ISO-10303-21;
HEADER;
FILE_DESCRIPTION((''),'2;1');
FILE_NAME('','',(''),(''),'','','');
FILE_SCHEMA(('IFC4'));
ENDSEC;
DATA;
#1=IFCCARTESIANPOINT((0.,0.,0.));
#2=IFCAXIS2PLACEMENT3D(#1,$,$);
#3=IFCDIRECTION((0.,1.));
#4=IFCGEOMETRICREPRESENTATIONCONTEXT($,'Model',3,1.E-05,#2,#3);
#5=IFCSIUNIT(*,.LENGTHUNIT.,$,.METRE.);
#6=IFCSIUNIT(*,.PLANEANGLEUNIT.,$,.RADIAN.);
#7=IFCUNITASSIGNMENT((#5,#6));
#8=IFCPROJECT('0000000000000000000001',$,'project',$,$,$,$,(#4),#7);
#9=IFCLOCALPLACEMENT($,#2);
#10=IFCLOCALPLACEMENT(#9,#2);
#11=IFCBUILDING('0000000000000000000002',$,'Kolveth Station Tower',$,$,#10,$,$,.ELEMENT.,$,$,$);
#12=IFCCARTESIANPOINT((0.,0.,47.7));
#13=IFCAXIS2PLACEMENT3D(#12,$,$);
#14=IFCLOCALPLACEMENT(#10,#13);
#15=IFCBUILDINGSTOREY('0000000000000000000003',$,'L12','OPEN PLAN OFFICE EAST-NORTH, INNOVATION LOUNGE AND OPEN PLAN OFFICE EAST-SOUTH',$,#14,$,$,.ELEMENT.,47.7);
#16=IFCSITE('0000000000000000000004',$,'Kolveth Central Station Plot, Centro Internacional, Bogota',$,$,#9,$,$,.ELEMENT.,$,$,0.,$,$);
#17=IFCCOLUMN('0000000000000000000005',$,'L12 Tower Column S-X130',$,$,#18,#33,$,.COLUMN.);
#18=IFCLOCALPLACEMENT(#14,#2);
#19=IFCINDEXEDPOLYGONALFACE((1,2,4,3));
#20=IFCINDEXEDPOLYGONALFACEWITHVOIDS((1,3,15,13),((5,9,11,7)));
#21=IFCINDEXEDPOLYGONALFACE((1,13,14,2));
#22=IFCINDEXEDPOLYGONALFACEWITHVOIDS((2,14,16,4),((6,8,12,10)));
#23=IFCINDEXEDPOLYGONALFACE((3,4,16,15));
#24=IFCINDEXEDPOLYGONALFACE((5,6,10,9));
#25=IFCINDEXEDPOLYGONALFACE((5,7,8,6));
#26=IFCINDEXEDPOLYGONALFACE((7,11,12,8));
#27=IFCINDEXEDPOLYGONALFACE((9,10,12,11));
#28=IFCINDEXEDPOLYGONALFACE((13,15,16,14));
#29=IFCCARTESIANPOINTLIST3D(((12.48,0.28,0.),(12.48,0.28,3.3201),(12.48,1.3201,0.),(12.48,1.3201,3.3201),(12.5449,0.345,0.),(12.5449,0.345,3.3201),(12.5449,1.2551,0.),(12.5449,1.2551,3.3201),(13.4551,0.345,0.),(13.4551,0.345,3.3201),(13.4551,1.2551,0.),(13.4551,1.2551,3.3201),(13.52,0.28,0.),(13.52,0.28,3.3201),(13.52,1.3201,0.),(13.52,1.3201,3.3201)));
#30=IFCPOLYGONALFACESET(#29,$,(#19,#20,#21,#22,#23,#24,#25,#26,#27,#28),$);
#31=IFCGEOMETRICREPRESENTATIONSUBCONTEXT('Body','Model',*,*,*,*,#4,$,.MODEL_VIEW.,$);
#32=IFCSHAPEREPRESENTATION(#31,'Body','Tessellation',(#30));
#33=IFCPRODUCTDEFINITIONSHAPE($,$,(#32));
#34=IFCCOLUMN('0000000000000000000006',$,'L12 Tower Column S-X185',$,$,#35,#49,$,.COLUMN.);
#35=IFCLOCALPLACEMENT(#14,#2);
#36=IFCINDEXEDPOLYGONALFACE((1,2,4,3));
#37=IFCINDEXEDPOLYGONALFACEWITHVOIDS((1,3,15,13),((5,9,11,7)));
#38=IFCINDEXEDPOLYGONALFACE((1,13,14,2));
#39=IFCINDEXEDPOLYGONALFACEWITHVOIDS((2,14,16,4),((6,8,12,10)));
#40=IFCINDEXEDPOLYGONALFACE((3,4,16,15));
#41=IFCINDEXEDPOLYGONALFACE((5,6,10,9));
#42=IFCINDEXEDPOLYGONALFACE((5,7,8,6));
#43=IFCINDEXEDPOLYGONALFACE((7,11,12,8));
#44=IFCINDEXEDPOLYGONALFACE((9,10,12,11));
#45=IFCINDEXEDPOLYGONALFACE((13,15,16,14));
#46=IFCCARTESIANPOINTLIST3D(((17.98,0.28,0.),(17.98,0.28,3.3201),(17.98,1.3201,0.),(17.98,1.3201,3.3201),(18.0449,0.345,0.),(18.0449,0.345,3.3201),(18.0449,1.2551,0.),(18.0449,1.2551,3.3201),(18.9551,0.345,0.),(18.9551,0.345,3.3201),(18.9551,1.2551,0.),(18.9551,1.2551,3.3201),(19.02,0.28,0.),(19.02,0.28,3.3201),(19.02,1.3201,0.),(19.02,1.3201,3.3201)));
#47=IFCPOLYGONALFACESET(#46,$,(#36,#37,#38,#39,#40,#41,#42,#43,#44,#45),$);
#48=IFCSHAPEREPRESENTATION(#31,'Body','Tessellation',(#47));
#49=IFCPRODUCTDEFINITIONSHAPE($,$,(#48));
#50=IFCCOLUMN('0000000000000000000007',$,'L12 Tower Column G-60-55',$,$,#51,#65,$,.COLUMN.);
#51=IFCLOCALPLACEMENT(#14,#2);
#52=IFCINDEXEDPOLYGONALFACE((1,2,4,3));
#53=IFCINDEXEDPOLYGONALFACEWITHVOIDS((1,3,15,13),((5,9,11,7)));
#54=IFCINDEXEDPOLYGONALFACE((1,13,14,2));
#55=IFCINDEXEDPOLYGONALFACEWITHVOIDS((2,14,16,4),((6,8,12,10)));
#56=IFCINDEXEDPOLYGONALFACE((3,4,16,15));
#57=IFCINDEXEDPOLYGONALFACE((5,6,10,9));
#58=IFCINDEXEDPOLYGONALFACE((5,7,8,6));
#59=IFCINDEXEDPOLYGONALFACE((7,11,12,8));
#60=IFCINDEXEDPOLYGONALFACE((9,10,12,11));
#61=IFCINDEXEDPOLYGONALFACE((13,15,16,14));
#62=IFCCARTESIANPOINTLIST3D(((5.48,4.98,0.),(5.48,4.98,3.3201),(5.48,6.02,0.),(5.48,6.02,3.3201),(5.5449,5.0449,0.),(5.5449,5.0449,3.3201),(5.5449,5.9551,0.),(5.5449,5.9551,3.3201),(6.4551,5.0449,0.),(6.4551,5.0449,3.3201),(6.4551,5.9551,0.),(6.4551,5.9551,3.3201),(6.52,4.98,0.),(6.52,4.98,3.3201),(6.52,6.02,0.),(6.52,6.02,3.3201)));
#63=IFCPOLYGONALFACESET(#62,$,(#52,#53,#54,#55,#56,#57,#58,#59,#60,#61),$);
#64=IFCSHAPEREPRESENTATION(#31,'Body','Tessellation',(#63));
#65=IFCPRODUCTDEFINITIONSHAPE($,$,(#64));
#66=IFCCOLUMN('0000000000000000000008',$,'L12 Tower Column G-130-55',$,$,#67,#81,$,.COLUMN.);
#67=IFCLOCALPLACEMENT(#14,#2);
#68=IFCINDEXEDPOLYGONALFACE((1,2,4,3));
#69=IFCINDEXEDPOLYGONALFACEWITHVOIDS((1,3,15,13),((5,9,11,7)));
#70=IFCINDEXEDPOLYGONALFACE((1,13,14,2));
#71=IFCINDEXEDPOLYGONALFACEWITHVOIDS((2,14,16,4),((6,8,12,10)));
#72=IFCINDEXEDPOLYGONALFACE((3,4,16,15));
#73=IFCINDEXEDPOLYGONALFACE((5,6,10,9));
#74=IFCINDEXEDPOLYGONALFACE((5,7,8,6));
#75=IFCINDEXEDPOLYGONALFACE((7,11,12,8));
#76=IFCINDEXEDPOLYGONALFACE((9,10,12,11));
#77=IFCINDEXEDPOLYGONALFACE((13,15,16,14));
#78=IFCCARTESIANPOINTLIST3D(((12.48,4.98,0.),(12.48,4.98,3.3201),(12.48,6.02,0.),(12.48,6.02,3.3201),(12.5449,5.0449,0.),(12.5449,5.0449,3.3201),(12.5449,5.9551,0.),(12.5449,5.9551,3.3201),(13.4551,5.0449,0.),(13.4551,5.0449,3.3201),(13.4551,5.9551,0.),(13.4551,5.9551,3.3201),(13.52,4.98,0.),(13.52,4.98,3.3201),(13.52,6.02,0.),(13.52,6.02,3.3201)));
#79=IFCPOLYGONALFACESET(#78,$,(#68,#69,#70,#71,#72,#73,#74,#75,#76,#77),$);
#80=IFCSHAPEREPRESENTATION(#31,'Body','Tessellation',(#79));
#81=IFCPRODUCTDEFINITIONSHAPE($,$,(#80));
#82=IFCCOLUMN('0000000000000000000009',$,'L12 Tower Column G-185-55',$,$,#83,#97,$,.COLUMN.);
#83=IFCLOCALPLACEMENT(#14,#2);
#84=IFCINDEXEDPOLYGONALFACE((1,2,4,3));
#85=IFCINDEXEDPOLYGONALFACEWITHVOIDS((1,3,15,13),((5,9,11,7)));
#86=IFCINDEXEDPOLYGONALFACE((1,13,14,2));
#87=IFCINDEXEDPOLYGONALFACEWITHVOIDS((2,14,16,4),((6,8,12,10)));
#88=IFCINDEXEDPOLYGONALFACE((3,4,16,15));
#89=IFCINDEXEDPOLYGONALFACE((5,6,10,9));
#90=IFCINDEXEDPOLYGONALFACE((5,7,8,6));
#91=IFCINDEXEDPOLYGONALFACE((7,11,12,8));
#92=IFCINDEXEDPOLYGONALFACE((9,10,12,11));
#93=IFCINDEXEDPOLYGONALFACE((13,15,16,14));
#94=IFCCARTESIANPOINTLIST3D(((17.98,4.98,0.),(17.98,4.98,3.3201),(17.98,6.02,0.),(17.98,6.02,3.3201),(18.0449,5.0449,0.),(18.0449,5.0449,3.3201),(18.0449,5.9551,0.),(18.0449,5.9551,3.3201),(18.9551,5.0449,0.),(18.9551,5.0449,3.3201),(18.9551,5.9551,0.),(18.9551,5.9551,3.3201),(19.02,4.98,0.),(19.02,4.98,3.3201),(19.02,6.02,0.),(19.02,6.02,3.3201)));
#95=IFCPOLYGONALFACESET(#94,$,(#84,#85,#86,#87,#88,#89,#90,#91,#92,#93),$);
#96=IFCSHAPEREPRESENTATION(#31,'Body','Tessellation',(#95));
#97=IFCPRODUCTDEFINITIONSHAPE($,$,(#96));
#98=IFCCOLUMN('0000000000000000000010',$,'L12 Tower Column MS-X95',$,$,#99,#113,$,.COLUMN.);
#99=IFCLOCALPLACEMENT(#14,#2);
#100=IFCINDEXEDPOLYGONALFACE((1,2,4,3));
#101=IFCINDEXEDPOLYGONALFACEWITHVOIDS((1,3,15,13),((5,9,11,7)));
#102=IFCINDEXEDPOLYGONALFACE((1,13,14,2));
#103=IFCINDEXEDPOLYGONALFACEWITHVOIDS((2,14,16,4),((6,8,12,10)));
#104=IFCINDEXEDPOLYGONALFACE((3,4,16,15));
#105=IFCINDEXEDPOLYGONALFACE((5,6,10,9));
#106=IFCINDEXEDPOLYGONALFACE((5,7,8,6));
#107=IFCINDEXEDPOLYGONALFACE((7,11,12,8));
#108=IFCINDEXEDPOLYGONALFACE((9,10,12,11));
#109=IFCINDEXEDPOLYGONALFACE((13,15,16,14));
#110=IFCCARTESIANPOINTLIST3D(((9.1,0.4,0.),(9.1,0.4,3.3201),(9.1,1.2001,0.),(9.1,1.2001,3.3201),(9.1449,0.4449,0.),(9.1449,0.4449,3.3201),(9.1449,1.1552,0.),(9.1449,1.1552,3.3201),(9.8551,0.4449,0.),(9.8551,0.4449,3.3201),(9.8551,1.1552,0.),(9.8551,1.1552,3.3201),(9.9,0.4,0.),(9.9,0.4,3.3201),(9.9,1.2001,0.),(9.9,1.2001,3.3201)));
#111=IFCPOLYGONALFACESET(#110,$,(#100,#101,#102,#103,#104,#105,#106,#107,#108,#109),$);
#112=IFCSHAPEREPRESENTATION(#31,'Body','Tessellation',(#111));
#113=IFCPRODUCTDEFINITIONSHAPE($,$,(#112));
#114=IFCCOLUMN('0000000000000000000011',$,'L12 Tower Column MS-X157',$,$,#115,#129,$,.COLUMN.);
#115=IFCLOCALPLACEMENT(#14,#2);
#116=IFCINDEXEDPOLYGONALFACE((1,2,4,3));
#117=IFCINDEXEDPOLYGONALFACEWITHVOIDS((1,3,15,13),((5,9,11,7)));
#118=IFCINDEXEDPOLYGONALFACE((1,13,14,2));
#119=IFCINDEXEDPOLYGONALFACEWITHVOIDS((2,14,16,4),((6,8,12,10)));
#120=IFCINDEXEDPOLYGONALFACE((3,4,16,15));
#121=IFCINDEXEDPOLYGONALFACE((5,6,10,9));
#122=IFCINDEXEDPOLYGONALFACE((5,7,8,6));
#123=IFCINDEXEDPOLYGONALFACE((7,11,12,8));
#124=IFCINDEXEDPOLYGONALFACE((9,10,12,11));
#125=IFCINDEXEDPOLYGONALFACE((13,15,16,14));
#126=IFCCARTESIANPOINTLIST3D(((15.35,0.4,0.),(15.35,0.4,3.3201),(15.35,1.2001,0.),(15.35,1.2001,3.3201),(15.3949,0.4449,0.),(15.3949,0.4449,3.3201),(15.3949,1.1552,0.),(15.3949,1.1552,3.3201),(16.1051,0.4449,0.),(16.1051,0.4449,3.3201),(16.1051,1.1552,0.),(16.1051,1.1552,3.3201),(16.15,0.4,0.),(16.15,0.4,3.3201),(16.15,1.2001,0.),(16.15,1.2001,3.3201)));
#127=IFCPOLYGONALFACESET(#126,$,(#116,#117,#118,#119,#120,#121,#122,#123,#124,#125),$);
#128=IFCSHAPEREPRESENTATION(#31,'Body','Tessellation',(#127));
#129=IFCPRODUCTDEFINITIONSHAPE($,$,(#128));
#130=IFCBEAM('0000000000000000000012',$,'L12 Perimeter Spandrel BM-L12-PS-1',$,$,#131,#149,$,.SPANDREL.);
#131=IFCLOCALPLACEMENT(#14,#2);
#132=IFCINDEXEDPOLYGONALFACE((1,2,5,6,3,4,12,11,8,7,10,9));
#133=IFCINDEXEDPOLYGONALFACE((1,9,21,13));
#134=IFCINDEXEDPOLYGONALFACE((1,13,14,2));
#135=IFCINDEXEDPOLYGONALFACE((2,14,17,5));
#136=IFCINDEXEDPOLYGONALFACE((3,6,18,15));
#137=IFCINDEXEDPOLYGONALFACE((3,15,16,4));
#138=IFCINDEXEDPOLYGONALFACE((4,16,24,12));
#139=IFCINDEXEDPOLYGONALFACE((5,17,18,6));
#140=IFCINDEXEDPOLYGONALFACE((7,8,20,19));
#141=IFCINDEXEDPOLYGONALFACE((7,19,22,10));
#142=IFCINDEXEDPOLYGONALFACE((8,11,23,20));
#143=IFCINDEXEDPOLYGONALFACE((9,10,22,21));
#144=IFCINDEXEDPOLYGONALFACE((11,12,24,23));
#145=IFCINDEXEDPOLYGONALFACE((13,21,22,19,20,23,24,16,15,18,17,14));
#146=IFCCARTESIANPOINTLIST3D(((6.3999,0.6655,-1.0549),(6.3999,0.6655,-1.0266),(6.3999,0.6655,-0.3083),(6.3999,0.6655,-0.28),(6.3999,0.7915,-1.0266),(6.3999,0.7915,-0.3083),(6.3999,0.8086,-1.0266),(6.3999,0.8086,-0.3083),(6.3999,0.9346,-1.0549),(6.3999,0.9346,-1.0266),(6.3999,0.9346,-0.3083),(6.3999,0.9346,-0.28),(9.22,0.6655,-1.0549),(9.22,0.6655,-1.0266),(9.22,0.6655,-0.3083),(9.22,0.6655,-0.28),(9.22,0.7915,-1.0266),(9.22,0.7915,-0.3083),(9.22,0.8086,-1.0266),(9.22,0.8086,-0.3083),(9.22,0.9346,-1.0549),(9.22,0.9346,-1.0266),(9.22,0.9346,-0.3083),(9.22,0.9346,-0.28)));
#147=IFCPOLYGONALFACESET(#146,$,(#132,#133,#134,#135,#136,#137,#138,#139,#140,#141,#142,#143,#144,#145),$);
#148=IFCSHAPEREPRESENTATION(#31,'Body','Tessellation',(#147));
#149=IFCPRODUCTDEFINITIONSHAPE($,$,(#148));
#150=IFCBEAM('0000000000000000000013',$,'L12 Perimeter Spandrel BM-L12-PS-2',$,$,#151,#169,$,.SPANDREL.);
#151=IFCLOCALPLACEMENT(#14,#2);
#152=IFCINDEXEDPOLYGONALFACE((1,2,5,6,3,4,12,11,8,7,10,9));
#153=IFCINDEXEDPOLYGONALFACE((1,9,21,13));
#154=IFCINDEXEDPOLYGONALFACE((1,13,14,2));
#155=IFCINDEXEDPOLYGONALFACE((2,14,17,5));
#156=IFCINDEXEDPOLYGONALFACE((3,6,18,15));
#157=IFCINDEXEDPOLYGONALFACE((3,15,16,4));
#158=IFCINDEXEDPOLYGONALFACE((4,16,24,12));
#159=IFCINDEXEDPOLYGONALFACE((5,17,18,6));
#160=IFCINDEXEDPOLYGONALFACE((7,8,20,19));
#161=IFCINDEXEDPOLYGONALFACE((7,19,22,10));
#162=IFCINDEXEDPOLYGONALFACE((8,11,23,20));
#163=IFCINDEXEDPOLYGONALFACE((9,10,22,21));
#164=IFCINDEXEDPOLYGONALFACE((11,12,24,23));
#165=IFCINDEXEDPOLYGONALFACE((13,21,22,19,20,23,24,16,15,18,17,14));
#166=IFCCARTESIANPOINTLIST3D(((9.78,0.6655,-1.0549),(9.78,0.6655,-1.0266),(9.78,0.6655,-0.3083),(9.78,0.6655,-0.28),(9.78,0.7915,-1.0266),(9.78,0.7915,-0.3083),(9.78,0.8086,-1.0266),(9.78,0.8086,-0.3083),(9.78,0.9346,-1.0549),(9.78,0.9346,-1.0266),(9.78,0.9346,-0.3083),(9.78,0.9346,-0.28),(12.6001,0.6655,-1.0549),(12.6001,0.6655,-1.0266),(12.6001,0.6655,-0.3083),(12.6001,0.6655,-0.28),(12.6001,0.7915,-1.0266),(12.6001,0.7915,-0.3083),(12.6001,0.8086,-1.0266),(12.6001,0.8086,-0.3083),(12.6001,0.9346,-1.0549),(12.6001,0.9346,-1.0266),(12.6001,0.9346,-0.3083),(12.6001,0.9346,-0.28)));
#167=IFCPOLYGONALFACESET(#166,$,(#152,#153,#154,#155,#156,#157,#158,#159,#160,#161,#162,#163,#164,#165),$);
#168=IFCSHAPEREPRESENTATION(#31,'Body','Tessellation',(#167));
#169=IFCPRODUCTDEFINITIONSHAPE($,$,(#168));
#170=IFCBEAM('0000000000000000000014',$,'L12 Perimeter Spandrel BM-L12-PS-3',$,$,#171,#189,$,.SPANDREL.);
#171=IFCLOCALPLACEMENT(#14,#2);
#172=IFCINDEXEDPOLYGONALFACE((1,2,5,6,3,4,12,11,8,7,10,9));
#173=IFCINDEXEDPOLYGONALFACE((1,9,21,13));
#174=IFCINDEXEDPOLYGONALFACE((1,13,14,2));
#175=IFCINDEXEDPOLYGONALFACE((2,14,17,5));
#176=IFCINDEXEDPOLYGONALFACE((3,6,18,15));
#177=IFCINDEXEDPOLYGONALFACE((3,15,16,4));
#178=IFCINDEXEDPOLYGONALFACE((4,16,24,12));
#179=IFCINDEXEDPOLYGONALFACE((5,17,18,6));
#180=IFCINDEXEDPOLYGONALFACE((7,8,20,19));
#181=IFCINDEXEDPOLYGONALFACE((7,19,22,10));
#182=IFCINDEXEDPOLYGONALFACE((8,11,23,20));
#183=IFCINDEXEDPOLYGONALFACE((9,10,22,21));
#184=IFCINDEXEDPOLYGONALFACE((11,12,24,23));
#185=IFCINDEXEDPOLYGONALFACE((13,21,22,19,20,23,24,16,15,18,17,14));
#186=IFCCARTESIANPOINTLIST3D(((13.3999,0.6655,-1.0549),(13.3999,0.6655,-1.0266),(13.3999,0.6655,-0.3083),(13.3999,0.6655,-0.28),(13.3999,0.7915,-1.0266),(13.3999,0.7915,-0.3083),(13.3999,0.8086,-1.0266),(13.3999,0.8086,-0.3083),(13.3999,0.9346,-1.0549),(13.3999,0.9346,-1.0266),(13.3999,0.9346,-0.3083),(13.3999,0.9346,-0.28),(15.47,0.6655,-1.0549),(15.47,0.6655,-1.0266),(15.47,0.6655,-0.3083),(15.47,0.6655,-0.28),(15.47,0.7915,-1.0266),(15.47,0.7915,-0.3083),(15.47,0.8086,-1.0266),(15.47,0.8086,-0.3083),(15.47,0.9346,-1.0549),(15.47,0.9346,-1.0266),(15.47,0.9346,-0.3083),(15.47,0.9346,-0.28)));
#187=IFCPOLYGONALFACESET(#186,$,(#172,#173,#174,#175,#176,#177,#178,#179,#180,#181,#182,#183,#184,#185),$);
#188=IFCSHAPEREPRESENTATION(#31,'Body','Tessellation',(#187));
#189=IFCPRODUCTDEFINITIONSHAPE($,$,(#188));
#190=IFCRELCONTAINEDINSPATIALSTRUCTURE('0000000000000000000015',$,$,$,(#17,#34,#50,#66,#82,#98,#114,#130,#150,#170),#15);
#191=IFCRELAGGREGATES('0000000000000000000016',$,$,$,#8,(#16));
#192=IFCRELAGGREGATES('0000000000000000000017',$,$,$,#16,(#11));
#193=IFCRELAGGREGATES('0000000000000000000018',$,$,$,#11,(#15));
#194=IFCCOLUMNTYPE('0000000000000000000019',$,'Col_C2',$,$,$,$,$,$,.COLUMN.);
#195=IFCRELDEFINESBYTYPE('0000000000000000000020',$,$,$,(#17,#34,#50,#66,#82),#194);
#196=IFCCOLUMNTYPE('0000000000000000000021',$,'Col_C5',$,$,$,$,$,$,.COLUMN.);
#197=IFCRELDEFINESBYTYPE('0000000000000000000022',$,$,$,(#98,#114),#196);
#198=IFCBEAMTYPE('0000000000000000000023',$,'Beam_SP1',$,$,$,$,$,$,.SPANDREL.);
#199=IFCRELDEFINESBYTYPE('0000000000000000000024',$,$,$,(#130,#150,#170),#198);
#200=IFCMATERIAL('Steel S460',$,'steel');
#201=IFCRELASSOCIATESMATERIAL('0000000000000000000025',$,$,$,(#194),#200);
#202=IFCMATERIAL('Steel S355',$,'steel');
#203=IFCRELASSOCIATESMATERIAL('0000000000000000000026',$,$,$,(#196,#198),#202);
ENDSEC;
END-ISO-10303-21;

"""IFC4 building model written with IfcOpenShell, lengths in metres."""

from ifc_helpers import new_model, si_unit, direction, frame, origin, origin_2d, place, context, subcontext, project, spatial, hollow_rectangle, i_section, extrude, source, transform, mapped, material, material_profile, profile_set, type_object, element, save


model = new_model("IFC4")

# Units and contexts
model_context = context("Model", 3, precision=1e-05, world=origin(), true_north=direction((0.0, 1.0)))
body_context = subcontext(model_context, "Body", "Model", "MODEL_VIEW")
ifc_project = project(units=[si_unit("LENGTHUNIT", "METRE"), si_unit("PLANEANGLEUNIT", "RADIAN")], contexts=[model_context])

# Site, building, storey
site_placement = place(None, origin())
site = spatial("IfcSite", under=ifc_project, at=site_placement, Name="Kolveth Central Station Plot, Centro Internacional, Bogota", CompositionType="ELEMENT", RefElevation=0.0)
building_placement = place(site_placement, origin())
building = spatial("IfcBuilding", under=site, at=building_placement, Name="Kolveth Station Tower", CompositionType="ELEMENT")
storey_placement = place(building_placement, frame((0.0, 0.0, 47.7)))
storey = spatial("IfcBuildingStorey", under=building, at=storey_placement, Name="L12", Description="OPEN PLAN OFFICE EAST-NORTH, INNOVATION LOUNGE AND OPEN PLAN OFFICE EAST-SOUTH", CompositionType="ELEMENT", Elevation=47.7)

# Columns
ifc_material_1 = material(Name="Steel S460", Category="steel")
ifc_material_profile_1 = material_profile(ifc_material_1, hollow_rectangle(XDim=1.04, YDim=1.04, WallThickness=0.0649, at=origin_2d()), Name="BOX1040x1040x65")
ifc_profile_set_1 = profile_set([ifc_material_profile_1], Name="Steel S460")
column_type_1 = type_object("IfcColumnType", Name="Col_C2", PredefinedType="COLUMN", material=ifc_profile_set_1)
shared_shape_1 = source(origin(), body_context, "Body", "SweptSolid", [
    extrude(hollow_rectangle(XDim=1.04, YDim=1.04, WallThickness=0.0649, at=origin_2d()), origin(), (0.0, 0.0, 1.0), 3.3201),
])
for number, where, z_axis, x_axis, name in (
    (1, (13.0, 0.8, 0.0), (0.0, 0.0, 1.0), (1.0, 0.0, 0.0), "L12 Tower Column S-X130"),
    (2, (18.5, 0.8, 0.0), (0.0, 0.0, 1.0), (1.0, 0.0, 0.0), "L12 Tower Column S-X185"),
    (3, (6.0, 5.5, 0.0), (0.0, 0.0, 1.0), (1.0, 0.0, 0.0), "L12 Tower Column G-60-55"),
    (4, (13.0, 5.5, 0.0), (0.0, 0.0, 1.0), (1.0, 0.0, 0.0), "L12 Tower Column G-130-55"),
    (5, (18.5, 5.5, 0.0), (0.0, 0.0, 1.0), (1.0, 0.0, 0.0), "L12 Tower Column G-185-55"),
):
    element("IfcColumn", number, at=place(storey_placement, frame(where, z_axis=z_axis, x_axis=x_axis)), inside=storey, type_object=column_type_1, Name=name, PredefinedType="COLUMN", context=body_context, shape_type="MappedRepresentation", body=[
        mapped(shared_shape_1, transform((0.0, 0.0, 0.0), x_axis=(1.0, 0.0, 0.0), y_axis=(0.0, 1.0, 0.0), z_axis=(0.0, 0.0, 1.0), scale=1.0)),
    ])
ifc_material_2 = material(Name="Steel S355", Category="steel")
ifc_material_profile_2 = material_profile(ifc_material_2, hollow_rectangle(XDim=0.8, YDim=0.8, WallThickness=0.0449, at=origin_2d()), Name="BOX800x800x45")
ifc_profile_set_2 = profile_set([ifc_material_profile_2], Name="Steel S355")
column_type_2 = type_object("IfcColumnType", Name="Col_C5", PredefinedType="COLUMN", material=ifc_profile_set_2)
shared_shape_2 = source(origin(), body_context, "Body", "SweptSolid", [
    extrude(hollow_rectangle(XDim=0.8, YDim=0.8, WallThickness=0.0449, at=origin_2d()), origin(), (0.0, 0.0, 1.0), 3.3201),
])
for number, where, z_axis, x_axis, name in (
    (6, (9.5, 0.8, 0.0), (0.0, 0.0, 1.0), (1.0, 0.0, 0.0), "L12 Tower Column MS-X95"),
    (7, (15.75, 0.8, 0.0), (0.0, 0.0, 1.0), (1.0, 0.0, 0.0), "L12 Tower Column MS-X157"),
):
    element("IfcColumn", number, at=place(storey_placement, frame(where, z_axis=z_axis, x_axis=x_axis)), inside=storey, type_object=column_type_2, Name=name, PredefinedType="COLUMN", context=body_context, shape_type="MappedRepresentation", body=[
        mapped(shared_shape_2, transform((0.0, 0.0, 0.0), x_axis=(1.0, 0.0, 0.0), y_axis=(0.0, 1.0, 0.0), z_axis=(0.0, 0.0, 1.0), scale=1.0)),
    ])

# Beams
ifc_material_profile_3 = material_profile(ifc_material_2, i_section(OverallWidth=0.269, OverallDepth=0.7749, WebThickness=0.0171, FlangeThickness=0.0283, at=origin_2d()), Name="W760x220")
ifc_profile_set_3 = profile_set([ifc_material_profile_3], Name="Steel S355")
beam_type_1 = type_object("IfcBeamType", Name="Beam_SP1", PredefinedType="SPANDREL", material=ifc_profile_set_3)
shared_shape_3 = source(origin(), body_context, "Body", "SweptSolid", [
    extrude(i_section(OverallWidth=0.269, OverallDepth=0.7749, WebThickness=0.0171, FlangeThickness=0.0283, at=origin_2d()), origin(), (0.0, 0.0, 1.0), 2.8201),
])
for number, where, z_axis, x_axis, name in (
    (8, (6.3999, 0.8, -0.6675), (1.0, 0.0, 0.0), (0.0, 1.0, 0.0), "L12 Perimeter Spandrel BM-L12-PS-1"),
    (9, (9.78, 0.8, -0.6675), (1.0, 0.0, 0.0), (0.0, 1.0, 0.0), "L12 Perimeter Spandrel BM-L12-PS-2"),
):
    element("IfcBeam", number, at=place(storey_placement, frame(where, z_axis=z_axis, x_axis=x_axis)), inside=storey, type_object=beam_type_1, Name=name, PredefinedType="SPANDREL", context=body_context, shape_type="MappedRepresentation", body=[
        mapped(shared_shape_3, transform((0.0, 0.0, 0.0), x_axis=(1.0, 0.0, 0.0), y_axis=(0.0, 1.0, 0.0), z_axis=(0.0, 0.0, 1.0), scale=1.0)),
    ])
shared_shape_4 = source(origin(), body_context, "Body", "SweptSolid", [
    extrude(i_section(OverallWidth=0.269, OverallDepth=0.7749, WebThickness=0.0171, FlangeThickness=0.0283, at=origin_2d()), origin(), (0.0, 0.0, 1.0), 2.0701),
])
for number, where, z_axis, x_axis, name in (
    (10, (13.3999, 0.8, -0.6675), (1.0, 0.0, 0.0), (0.0, 1.0, 0.0), "L12 Perimeter Spandrel BM-L12-PS-3"),
):
    element("IfcBeam", number, at=place(storey_placement, frame(where, z_axis=z_axis, x_axis=x_axis)), inside=storey, type_object=beam_type_1, Name=name, PredefinedType="SPANDREL", context=body_context, shape_type="MappedRepresentation", body=[
        mapped(shared_shape_4, transform((0.0, 0.0, 0.0), x_axis=(1.0, 0.0, 0.0), y_axis=(0.0, 1.0, 0.0), z_axis=(0.0, 0.0, 1.0), scale=1.0)),
    ])

save(model, "model.ifc")
